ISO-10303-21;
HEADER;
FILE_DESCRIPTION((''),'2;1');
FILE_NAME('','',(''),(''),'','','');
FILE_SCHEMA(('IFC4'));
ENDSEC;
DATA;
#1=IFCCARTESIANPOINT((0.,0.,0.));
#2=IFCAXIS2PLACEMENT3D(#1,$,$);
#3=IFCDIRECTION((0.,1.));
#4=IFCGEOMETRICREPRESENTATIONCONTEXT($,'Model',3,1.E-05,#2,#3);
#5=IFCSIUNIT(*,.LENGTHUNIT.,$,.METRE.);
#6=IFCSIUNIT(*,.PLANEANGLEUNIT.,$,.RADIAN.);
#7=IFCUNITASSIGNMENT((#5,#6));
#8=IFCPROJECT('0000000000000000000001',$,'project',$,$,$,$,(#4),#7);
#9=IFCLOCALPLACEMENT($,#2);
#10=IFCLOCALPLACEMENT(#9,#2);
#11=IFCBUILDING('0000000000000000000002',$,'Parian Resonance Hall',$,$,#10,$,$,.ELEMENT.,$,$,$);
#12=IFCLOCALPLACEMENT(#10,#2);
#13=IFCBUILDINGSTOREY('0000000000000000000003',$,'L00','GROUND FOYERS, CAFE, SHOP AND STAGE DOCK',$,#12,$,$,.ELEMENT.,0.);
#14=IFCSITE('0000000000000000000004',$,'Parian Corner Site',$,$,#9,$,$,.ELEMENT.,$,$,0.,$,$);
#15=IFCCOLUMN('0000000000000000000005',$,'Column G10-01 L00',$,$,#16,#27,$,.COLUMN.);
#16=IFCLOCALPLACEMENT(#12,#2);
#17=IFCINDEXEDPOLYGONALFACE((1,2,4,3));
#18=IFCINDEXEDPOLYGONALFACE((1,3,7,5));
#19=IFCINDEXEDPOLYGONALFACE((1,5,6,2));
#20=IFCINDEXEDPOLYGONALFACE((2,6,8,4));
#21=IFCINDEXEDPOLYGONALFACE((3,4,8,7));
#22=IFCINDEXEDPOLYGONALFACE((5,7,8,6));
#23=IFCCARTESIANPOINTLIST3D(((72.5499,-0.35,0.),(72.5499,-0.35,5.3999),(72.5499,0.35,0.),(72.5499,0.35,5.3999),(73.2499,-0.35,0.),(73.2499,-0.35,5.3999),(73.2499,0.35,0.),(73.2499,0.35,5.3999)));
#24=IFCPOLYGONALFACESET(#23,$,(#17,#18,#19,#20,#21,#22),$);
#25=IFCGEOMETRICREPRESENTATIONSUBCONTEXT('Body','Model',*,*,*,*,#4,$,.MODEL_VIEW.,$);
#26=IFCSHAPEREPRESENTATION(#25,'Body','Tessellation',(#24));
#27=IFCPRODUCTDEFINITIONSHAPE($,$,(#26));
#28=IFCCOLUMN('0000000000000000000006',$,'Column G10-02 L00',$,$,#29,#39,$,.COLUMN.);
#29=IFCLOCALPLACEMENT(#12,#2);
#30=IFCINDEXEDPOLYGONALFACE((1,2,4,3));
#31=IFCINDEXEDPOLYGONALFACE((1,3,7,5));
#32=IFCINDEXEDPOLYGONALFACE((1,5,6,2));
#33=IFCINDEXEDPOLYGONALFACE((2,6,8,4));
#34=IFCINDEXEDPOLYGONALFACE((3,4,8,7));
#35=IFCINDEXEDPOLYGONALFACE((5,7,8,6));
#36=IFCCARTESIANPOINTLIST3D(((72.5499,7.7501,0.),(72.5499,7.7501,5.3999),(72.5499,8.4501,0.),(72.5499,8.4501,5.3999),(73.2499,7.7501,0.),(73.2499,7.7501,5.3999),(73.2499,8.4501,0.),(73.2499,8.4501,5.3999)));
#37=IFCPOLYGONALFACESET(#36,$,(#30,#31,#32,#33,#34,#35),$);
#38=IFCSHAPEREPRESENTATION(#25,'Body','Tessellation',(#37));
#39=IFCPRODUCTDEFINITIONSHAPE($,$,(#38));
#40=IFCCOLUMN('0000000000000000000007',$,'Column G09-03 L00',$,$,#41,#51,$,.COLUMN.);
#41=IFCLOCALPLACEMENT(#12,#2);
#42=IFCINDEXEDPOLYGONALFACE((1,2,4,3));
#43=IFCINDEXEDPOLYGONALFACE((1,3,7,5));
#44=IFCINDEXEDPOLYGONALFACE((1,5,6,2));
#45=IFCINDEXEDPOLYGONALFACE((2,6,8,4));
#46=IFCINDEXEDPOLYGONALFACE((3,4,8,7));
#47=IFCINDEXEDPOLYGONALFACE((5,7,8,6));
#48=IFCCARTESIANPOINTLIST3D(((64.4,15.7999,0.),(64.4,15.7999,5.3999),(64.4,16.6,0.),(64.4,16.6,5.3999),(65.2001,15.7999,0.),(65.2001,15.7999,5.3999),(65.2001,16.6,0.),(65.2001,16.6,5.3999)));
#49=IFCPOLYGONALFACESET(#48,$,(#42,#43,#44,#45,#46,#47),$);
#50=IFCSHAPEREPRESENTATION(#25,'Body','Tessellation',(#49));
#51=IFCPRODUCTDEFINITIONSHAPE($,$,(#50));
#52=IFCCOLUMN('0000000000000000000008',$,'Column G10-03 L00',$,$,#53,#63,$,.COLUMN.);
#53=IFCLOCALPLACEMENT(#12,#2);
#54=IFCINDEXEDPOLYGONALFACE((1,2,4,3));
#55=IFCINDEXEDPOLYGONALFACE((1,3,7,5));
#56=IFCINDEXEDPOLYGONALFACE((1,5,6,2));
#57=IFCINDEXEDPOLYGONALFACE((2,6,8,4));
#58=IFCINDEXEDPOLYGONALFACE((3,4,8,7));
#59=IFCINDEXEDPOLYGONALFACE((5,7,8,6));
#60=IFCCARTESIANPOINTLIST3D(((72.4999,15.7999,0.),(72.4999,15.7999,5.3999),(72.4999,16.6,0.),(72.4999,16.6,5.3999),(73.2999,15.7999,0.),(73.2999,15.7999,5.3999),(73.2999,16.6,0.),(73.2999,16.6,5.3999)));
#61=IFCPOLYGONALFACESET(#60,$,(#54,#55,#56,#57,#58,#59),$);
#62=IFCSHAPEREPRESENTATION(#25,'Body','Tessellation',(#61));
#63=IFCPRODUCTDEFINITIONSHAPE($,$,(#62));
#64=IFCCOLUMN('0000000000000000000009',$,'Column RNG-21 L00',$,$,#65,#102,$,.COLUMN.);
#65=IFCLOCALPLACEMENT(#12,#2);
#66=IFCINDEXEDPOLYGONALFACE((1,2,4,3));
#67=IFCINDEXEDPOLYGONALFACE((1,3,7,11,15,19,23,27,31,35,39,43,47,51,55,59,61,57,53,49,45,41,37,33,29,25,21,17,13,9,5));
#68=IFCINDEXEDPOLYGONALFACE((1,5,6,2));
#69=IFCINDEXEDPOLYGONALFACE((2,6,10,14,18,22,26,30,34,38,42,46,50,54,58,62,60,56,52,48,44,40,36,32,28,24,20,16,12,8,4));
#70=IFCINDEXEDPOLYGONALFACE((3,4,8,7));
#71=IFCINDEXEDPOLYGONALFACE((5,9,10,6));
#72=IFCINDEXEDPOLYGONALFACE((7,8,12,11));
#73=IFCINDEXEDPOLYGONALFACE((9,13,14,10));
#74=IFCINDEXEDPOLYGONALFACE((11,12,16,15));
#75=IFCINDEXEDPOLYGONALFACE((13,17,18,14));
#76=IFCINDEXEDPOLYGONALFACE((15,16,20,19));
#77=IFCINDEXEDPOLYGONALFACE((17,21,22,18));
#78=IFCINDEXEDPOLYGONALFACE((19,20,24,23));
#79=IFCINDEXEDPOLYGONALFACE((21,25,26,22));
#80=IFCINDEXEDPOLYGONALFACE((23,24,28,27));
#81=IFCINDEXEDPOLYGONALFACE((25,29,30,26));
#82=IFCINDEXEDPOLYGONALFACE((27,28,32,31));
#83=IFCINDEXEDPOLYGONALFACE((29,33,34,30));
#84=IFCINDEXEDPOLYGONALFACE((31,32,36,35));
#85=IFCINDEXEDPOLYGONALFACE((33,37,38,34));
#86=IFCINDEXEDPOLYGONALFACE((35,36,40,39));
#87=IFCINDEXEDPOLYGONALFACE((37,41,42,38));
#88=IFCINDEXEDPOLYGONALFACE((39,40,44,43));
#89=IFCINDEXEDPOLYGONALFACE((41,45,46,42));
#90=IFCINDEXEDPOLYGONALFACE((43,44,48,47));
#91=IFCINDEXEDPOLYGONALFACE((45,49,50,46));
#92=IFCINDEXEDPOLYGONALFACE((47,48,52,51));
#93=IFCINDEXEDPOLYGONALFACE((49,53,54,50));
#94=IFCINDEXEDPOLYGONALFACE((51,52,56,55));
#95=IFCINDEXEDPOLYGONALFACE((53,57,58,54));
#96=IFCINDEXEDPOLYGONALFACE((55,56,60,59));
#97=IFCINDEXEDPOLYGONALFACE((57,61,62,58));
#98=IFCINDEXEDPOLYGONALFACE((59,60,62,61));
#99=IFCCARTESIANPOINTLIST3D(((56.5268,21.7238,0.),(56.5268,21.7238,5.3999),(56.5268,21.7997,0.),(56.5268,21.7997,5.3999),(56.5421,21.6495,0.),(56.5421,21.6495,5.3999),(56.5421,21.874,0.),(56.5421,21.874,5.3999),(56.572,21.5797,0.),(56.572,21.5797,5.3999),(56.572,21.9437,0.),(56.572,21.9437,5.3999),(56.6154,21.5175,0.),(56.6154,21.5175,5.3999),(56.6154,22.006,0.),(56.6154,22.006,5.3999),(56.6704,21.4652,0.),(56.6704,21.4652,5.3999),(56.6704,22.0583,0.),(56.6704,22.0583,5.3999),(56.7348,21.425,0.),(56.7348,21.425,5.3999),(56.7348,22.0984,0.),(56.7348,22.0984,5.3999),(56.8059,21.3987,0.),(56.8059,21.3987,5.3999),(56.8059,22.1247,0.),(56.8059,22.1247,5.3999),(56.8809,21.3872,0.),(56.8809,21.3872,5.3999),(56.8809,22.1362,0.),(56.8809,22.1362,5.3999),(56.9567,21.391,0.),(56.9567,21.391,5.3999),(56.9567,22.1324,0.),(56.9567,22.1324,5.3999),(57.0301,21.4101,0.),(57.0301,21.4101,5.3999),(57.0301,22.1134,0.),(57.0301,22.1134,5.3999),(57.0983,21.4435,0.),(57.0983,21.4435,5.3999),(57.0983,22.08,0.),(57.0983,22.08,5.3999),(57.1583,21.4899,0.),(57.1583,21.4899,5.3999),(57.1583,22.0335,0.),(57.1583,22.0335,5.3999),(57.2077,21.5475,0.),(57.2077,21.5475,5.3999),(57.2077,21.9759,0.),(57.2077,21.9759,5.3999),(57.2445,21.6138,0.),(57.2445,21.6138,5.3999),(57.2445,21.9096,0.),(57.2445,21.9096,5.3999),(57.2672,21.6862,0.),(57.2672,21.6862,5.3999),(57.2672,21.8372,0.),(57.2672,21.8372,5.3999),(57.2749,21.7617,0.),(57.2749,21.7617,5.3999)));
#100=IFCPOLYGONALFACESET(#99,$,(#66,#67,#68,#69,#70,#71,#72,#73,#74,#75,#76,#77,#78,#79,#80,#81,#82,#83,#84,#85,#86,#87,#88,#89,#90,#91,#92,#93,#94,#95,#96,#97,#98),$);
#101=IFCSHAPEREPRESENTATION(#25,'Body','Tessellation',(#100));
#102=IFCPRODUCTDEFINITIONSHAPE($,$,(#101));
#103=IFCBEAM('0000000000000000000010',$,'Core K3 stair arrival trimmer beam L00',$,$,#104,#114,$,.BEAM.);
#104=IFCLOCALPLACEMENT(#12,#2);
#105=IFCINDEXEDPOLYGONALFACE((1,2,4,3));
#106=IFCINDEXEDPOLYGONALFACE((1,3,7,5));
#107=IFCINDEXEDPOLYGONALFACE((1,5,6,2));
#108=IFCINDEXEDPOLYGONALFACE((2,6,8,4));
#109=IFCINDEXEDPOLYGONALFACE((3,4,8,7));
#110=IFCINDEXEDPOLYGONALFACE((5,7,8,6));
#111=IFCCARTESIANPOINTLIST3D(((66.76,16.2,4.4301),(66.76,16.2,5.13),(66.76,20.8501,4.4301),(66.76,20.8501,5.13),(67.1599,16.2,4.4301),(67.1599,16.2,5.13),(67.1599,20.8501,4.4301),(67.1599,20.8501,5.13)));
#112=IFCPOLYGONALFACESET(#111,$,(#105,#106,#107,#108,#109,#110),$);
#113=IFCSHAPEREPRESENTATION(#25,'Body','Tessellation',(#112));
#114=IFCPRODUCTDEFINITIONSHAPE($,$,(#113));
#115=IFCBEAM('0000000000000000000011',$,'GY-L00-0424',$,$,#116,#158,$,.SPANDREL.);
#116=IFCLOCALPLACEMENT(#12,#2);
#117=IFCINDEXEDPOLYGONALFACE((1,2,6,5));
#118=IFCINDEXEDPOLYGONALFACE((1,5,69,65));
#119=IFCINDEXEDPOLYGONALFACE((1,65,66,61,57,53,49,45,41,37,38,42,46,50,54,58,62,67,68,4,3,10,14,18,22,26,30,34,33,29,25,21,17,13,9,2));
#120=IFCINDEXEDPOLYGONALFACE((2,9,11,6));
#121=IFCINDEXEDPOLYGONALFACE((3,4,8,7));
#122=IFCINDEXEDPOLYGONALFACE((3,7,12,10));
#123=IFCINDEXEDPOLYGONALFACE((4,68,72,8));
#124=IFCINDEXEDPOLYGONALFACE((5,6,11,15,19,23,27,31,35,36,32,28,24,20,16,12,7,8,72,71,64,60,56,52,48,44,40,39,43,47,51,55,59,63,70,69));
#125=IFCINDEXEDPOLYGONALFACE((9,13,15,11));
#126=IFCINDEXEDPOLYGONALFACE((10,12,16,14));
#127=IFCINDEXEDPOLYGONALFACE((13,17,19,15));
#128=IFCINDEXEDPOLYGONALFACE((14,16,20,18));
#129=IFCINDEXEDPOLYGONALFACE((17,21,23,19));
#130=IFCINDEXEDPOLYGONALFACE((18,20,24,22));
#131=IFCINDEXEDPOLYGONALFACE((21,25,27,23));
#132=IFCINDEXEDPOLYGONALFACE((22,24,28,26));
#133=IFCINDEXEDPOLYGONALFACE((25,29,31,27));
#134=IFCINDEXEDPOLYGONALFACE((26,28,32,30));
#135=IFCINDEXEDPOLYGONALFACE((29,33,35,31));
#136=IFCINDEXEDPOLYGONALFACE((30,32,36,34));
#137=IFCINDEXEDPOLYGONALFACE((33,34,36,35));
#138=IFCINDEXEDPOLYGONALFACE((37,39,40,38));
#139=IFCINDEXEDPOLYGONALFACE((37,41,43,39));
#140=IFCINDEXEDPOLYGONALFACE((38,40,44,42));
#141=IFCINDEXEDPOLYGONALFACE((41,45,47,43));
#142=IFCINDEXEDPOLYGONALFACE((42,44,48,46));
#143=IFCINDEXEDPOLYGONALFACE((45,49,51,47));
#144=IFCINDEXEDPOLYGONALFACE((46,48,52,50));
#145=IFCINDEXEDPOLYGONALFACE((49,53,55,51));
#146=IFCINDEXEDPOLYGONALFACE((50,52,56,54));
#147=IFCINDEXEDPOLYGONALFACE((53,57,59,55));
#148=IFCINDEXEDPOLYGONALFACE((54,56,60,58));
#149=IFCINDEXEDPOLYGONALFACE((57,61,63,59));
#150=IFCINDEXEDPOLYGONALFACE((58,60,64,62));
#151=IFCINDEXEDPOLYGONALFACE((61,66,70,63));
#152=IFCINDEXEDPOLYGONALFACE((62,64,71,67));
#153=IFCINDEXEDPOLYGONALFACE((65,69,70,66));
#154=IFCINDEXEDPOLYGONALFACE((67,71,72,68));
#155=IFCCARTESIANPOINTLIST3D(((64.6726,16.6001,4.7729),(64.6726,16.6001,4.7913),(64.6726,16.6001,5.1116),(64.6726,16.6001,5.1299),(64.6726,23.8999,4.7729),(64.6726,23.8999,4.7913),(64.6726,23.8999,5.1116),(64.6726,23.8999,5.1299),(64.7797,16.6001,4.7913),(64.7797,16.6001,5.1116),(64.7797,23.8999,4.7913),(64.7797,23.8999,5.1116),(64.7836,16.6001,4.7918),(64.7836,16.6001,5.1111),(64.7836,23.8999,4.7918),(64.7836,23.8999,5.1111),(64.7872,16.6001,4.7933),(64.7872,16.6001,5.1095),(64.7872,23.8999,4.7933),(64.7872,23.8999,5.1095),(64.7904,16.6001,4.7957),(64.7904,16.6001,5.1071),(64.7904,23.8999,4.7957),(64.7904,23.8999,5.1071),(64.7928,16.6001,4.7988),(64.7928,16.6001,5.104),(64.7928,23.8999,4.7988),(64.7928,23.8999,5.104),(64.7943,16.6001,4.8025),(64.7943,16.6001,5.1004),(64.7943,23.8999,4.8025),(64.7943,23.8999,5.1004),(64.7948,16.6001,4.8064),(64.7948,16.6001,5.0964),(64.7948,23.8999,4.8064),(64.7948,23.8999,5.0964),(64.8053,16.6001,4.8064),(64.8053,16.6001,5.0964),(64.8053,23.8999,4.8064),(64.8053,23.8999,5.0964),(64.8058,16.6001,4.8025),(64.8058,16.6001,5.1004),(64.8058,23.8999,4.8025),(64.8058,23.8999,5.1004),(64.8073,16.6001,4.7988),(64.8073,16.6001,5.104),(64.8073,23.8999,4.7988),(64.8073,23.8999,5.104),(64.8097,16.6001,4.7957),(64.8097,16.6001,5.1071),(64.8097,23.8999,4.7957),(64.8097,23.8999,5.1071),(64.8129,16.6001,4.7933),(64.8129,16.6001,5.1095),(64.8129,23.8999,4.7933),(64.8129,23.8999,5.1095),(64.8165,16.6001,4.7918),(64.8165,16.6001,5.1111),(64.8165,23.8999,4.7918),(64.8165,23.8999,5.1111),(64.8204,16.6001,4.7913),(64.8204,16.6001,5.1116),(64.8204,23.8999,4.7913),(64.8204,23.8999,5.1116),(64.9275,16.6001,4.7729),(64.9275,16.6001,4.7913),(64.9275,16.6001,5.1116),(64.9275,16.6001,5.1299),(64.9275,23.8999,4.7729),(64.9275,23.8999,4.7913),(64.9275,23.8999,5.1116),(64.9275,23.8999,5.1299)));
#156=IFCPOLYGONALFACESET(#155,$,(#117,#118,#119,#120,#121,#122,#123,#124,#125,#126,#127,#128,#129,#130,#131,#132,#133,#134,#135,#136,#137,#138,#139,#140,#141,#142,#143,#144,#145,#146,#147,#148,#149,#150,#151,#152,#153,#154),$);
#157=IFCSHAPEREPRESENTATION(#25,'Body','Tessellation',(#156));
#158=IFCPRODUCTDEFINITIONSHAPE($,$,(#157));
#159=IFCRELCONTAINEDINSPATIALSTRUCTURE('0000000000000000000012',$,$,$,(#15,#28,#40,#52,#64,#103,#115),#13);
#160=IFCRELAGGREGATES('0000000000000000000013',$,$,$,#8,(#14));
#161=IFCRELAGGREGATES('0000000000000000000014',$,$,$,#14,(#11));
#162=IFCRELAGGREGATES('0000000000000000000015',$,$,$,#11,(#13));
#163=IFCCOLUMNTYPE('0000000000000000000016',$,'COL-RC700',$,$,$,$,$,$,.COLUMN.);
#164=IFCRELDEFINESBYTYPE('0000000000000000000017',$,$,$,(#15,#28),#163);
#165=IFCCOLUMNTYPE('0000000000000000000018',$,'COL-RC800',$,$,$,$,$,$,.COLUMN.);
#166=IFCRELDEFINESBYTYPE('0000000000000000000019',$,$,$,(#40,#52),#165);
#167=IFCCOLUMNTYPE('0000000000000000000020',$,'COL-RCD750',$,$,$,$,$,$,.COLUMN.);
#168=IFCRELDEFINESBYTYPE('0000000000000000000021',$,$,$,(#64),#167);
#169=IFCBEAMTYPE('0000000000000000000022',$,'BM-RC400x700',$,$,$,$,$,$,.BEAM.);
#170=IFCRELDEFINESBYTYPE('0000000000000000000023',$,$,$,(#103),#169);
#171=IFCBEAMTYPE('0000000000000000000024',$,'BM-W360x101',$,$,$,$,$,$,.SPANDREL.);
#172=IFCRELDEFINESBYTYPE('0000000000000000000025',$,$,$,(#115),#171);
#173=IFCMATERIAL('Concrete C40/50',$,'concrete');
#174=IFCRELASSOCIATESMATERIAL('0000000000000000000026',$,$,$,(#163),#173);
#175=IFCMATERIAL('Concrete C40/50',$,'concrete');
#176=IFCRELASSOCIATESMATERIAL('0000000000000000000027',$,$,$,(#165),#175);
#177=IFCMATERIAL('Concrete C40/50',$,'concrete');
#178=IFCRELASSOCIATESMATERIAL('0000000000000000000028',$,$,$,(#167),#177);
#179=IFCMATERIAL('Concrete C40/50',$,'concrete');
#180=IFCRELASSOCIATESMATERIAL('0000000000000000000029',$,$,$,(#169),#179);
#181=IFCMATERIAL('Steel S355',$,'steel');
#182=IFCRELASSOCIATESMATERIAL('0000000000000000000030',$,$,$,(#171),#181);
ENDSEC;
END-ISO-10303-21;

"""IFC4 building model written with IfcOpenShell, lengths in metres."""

from ifc_helpers import new_model, si_unit, direction, frame, origin, origin_2d, place, context, subcontext, project, spatial, rectangle, circle, i_section, extrude, material, material_profile, profile_set, type_object, element, save


model = new_model("IFC4")

# Units and contexts
model_context = context("Model", 3, precision=1e-05, world=origin(), true_north=direction((0.0, 1.0)))
body_context = subcontext(model_context, "Body", "Model", "MODEL_VIEW")
ifc_project = project(units=[si_unit("LENGTHUNIT", "METRE"), si_unit("PLANEANGLEUNIT", "RADIAN")], contexts=[model_context])

# Site, building, storey
site_placement = place(None, origin())
site = spatial("IfcSite", under=ifc_project, at=site_placement, Name="Parian Corner Site", CompositionType="ELEMENT", RefElevation=0.0)
building_placement = place(site_placement, origin())
building = spatial("IfcBuilding", under=site, at=building_placement, Name="Parian Resonance Hall", CompositionType="ELEMENT")
storey_placement = place(building_placement, origin())
storey = spatial("IfcBuildingStorey", under=building, at=storey_placement, Name="L00", Description="GROUND FOYERS, CAFE, SHOP AND STAGE DOCK", CompositionType="ELEMENT", Elevation=0.0)

# Columns
ifc_material_1 = material(Name="Concrete C40/50", Category="concrete")
ifc_material_profile_1 = material_profile(ifc_material_1, rectangle(XDim=0.7, YDim=0.7, at=origin_2d()), Name="RC-COL-700x700")
ifc_profile_set_1 = profile_set([ifc_material_profile_1], Name="Concrete C40/50")
column_type_1 = type_object("IfcColumnType", Name="COL-RC700", PredefinedType="COLUMN", material=ifc_profile_set_1)
for number, where, z_axis, x_axis, name in (
    (1, (72.8999, 0.0, 0.0), (0.0, 0.0, 1.0), (1.0, 0.0, 0.0), "Column G10-01 L00"),
    (2, (72.8999, 8.1001, 0.0), (0.0, 0.0, 1.0), (1.0, 0.0, 0.0), "Column G10-02 L00"),
):
    element("IfcColumn", number, at=place(storey_placement, frame(where, z_axis=z_axis, x_axis=x_axis)), inside=storey, type_object=column_type_1, Name=name, PredefinedType="COLUMN", context=body_context, shape_type="SweptSolid", body=[
        extrude(rectangle(XDim=0.7, YDim=0.7, at=origin_2d()), origin(), (0.0, 0.0, 1.0), 5.3999),
    ])
ifc_material_2 = material(Name="Concrete C40/50", Category="concrete")
ifc_material_profile_2 = material_profile(ifc_material_2, rectangle(XDim=0.8, YDim=0.8, at=origin_2d()), Name="RC-COL-800x800")
ifc_profile_set_2 = profile_set([ifc_material_profile_2], Name="Concrete C40/50")
column_type_2 = type_object("IfcColumnType", Name="COL-RC800", PredefinedType="COLUMN", material=ifc_profile_set_2)
for number, where, z_axis, x_axis, name in (
    (3, (64.8, 16.2, 0.0), (0.0, 0.0, 1.0), (1.0, 0.0, 0.0), "Column G09-03 L00"),
    (4, (72.8999, 16.2, 0.0), (0.0, 0.0, 1.0), (1.0, 0.0, 0.0), "Column G10-03 L00"),
):
    element("IfcColumn", number, at=place(storey_placement, frame(where, z_axis=z_axis, x_axis=x_axis)), inside=storey, type_object=column_type_2, Name=name, PredefinedType="COLUMN", context=body_context, shape_type="SweptSolid", body=[
        extrude(rectangle(XDim=0.8, YDim=0.8, at=origin_2d()), origin(), (0.0, 0.0, 1.0), 5.3999),
    ])
ifc_material_3 = material(Name="Concrete C40/50", Category="concrete")
ifc_material_profile_3 = material_profile(ifc_material_3, circle(Radius=0.375, at=origin_2d()), Name="RC-COL-D750")
ifc_profile_set_3 = profile_set([ifc_material_profile_3], Name="Concrete C40/50")
column_type_3 = type_object("IfcColumnType", Name="COL-RCD750", PredefinedType="COLUMN", material=ifc_profile_set_3)
column_placement = place(storey_placement, frame((56.8999, 21.7617, 0.0), z_axis=(0.0, 0.0, 1.0), x_axis=(1.0, 0.0, 0.0)))
element("IfcColumn", 5, at=column_placement, inside=storey, type_object=column_type_3, Name="Column RNG-21 L00", PredefinedType="COLUMN", context=body_context, shape_type="SweptSolid", body=[
    extrude(circle(Radius=0.375, at=origin_2d()), origin(), (0.0, 0.0, 1.0), 5.3999),
])

# Beams
ifc_material_4 = material(Name="Concrete C40/50", Category="concrete")
ifc_material_profile_4 = material_profile(ifc_material_4, rectangle(XDim=0.3999, YDim=0.7, at=origin_2d()), Name="RC-BM-400x700")
ifc_profile_set_4 = profile_set([ifc_material_profile_4], Name="Concrete C40/50")
beam_type_1 = type_object("IfcBeamType", Name="BM-RC400x700", PredefinedType="BEAM", material=ifc_profile_set_4)
beam_1_placement = place(storey_placement, frame((66.96, 16.2, 4.78), z_axis=(0.0, 1.0, 0.0), x_axis=(-1.0, 0.0, 0.0)))
element("IfcBeam", 6, at=beam_1_placement, inside=storey, type_object=beam_type_1, Name="Core K3 stair arrival trimmer beam L00", PredefinedType="BEAM", context=body_context, shape_type="SweptSolid", body=[
    extrude(rectangle(XDim=0.3999, YDim=0.7, at=origin_2d()), origin(), (0.0, 0.0, 1.0), 4.6501),
])
ifc_material_5 = material(Name="Steel S355", Category="steel")
ifc_material_profile_5 = material_profile(ifc_material_5, i_section(OverallWidth=0.2549, OverallDepth=0.3569, WebThickness=0.0105, FlangeThickness=0.0183, FilletRadius=0.0151, at=origin_2d()), Name="W360x101")
ifc_profile_set_5 = profile_set([ifc_material_profile_5], Name="Steel S355")
beam_type_2 = type_object("IfcBeamType", Name="BM-W360x101", PredefinedType="SPANDREL", material=ifc_profile_set_5)
beam_2_placement = place(storey_placement, frame((64.8, 16.6001, 4.9514), z_axis=(0.0, 1.0, 0.0), x_axis=(-1.0, 0.0, 0.0)))
element("IfcBeam", 7, at=beam_2_placement, inside=storey, type_object=beam_type_2, Name="GY-L00-0424", PredefinedType="SPANDREL", context=body_context, shape_type="SweptSolid", body=[
    extrude(i_section(OverallWidth=0.2549, OverallDepth=0.3569, WebThickness=0.0105, FlangeThickness=0.0183, FilletRadius=0.0151, at=origin_2d()), origin(), (0.0, 0.0, 1.0), 7.2998),
])

save(model, "model.ifc")
